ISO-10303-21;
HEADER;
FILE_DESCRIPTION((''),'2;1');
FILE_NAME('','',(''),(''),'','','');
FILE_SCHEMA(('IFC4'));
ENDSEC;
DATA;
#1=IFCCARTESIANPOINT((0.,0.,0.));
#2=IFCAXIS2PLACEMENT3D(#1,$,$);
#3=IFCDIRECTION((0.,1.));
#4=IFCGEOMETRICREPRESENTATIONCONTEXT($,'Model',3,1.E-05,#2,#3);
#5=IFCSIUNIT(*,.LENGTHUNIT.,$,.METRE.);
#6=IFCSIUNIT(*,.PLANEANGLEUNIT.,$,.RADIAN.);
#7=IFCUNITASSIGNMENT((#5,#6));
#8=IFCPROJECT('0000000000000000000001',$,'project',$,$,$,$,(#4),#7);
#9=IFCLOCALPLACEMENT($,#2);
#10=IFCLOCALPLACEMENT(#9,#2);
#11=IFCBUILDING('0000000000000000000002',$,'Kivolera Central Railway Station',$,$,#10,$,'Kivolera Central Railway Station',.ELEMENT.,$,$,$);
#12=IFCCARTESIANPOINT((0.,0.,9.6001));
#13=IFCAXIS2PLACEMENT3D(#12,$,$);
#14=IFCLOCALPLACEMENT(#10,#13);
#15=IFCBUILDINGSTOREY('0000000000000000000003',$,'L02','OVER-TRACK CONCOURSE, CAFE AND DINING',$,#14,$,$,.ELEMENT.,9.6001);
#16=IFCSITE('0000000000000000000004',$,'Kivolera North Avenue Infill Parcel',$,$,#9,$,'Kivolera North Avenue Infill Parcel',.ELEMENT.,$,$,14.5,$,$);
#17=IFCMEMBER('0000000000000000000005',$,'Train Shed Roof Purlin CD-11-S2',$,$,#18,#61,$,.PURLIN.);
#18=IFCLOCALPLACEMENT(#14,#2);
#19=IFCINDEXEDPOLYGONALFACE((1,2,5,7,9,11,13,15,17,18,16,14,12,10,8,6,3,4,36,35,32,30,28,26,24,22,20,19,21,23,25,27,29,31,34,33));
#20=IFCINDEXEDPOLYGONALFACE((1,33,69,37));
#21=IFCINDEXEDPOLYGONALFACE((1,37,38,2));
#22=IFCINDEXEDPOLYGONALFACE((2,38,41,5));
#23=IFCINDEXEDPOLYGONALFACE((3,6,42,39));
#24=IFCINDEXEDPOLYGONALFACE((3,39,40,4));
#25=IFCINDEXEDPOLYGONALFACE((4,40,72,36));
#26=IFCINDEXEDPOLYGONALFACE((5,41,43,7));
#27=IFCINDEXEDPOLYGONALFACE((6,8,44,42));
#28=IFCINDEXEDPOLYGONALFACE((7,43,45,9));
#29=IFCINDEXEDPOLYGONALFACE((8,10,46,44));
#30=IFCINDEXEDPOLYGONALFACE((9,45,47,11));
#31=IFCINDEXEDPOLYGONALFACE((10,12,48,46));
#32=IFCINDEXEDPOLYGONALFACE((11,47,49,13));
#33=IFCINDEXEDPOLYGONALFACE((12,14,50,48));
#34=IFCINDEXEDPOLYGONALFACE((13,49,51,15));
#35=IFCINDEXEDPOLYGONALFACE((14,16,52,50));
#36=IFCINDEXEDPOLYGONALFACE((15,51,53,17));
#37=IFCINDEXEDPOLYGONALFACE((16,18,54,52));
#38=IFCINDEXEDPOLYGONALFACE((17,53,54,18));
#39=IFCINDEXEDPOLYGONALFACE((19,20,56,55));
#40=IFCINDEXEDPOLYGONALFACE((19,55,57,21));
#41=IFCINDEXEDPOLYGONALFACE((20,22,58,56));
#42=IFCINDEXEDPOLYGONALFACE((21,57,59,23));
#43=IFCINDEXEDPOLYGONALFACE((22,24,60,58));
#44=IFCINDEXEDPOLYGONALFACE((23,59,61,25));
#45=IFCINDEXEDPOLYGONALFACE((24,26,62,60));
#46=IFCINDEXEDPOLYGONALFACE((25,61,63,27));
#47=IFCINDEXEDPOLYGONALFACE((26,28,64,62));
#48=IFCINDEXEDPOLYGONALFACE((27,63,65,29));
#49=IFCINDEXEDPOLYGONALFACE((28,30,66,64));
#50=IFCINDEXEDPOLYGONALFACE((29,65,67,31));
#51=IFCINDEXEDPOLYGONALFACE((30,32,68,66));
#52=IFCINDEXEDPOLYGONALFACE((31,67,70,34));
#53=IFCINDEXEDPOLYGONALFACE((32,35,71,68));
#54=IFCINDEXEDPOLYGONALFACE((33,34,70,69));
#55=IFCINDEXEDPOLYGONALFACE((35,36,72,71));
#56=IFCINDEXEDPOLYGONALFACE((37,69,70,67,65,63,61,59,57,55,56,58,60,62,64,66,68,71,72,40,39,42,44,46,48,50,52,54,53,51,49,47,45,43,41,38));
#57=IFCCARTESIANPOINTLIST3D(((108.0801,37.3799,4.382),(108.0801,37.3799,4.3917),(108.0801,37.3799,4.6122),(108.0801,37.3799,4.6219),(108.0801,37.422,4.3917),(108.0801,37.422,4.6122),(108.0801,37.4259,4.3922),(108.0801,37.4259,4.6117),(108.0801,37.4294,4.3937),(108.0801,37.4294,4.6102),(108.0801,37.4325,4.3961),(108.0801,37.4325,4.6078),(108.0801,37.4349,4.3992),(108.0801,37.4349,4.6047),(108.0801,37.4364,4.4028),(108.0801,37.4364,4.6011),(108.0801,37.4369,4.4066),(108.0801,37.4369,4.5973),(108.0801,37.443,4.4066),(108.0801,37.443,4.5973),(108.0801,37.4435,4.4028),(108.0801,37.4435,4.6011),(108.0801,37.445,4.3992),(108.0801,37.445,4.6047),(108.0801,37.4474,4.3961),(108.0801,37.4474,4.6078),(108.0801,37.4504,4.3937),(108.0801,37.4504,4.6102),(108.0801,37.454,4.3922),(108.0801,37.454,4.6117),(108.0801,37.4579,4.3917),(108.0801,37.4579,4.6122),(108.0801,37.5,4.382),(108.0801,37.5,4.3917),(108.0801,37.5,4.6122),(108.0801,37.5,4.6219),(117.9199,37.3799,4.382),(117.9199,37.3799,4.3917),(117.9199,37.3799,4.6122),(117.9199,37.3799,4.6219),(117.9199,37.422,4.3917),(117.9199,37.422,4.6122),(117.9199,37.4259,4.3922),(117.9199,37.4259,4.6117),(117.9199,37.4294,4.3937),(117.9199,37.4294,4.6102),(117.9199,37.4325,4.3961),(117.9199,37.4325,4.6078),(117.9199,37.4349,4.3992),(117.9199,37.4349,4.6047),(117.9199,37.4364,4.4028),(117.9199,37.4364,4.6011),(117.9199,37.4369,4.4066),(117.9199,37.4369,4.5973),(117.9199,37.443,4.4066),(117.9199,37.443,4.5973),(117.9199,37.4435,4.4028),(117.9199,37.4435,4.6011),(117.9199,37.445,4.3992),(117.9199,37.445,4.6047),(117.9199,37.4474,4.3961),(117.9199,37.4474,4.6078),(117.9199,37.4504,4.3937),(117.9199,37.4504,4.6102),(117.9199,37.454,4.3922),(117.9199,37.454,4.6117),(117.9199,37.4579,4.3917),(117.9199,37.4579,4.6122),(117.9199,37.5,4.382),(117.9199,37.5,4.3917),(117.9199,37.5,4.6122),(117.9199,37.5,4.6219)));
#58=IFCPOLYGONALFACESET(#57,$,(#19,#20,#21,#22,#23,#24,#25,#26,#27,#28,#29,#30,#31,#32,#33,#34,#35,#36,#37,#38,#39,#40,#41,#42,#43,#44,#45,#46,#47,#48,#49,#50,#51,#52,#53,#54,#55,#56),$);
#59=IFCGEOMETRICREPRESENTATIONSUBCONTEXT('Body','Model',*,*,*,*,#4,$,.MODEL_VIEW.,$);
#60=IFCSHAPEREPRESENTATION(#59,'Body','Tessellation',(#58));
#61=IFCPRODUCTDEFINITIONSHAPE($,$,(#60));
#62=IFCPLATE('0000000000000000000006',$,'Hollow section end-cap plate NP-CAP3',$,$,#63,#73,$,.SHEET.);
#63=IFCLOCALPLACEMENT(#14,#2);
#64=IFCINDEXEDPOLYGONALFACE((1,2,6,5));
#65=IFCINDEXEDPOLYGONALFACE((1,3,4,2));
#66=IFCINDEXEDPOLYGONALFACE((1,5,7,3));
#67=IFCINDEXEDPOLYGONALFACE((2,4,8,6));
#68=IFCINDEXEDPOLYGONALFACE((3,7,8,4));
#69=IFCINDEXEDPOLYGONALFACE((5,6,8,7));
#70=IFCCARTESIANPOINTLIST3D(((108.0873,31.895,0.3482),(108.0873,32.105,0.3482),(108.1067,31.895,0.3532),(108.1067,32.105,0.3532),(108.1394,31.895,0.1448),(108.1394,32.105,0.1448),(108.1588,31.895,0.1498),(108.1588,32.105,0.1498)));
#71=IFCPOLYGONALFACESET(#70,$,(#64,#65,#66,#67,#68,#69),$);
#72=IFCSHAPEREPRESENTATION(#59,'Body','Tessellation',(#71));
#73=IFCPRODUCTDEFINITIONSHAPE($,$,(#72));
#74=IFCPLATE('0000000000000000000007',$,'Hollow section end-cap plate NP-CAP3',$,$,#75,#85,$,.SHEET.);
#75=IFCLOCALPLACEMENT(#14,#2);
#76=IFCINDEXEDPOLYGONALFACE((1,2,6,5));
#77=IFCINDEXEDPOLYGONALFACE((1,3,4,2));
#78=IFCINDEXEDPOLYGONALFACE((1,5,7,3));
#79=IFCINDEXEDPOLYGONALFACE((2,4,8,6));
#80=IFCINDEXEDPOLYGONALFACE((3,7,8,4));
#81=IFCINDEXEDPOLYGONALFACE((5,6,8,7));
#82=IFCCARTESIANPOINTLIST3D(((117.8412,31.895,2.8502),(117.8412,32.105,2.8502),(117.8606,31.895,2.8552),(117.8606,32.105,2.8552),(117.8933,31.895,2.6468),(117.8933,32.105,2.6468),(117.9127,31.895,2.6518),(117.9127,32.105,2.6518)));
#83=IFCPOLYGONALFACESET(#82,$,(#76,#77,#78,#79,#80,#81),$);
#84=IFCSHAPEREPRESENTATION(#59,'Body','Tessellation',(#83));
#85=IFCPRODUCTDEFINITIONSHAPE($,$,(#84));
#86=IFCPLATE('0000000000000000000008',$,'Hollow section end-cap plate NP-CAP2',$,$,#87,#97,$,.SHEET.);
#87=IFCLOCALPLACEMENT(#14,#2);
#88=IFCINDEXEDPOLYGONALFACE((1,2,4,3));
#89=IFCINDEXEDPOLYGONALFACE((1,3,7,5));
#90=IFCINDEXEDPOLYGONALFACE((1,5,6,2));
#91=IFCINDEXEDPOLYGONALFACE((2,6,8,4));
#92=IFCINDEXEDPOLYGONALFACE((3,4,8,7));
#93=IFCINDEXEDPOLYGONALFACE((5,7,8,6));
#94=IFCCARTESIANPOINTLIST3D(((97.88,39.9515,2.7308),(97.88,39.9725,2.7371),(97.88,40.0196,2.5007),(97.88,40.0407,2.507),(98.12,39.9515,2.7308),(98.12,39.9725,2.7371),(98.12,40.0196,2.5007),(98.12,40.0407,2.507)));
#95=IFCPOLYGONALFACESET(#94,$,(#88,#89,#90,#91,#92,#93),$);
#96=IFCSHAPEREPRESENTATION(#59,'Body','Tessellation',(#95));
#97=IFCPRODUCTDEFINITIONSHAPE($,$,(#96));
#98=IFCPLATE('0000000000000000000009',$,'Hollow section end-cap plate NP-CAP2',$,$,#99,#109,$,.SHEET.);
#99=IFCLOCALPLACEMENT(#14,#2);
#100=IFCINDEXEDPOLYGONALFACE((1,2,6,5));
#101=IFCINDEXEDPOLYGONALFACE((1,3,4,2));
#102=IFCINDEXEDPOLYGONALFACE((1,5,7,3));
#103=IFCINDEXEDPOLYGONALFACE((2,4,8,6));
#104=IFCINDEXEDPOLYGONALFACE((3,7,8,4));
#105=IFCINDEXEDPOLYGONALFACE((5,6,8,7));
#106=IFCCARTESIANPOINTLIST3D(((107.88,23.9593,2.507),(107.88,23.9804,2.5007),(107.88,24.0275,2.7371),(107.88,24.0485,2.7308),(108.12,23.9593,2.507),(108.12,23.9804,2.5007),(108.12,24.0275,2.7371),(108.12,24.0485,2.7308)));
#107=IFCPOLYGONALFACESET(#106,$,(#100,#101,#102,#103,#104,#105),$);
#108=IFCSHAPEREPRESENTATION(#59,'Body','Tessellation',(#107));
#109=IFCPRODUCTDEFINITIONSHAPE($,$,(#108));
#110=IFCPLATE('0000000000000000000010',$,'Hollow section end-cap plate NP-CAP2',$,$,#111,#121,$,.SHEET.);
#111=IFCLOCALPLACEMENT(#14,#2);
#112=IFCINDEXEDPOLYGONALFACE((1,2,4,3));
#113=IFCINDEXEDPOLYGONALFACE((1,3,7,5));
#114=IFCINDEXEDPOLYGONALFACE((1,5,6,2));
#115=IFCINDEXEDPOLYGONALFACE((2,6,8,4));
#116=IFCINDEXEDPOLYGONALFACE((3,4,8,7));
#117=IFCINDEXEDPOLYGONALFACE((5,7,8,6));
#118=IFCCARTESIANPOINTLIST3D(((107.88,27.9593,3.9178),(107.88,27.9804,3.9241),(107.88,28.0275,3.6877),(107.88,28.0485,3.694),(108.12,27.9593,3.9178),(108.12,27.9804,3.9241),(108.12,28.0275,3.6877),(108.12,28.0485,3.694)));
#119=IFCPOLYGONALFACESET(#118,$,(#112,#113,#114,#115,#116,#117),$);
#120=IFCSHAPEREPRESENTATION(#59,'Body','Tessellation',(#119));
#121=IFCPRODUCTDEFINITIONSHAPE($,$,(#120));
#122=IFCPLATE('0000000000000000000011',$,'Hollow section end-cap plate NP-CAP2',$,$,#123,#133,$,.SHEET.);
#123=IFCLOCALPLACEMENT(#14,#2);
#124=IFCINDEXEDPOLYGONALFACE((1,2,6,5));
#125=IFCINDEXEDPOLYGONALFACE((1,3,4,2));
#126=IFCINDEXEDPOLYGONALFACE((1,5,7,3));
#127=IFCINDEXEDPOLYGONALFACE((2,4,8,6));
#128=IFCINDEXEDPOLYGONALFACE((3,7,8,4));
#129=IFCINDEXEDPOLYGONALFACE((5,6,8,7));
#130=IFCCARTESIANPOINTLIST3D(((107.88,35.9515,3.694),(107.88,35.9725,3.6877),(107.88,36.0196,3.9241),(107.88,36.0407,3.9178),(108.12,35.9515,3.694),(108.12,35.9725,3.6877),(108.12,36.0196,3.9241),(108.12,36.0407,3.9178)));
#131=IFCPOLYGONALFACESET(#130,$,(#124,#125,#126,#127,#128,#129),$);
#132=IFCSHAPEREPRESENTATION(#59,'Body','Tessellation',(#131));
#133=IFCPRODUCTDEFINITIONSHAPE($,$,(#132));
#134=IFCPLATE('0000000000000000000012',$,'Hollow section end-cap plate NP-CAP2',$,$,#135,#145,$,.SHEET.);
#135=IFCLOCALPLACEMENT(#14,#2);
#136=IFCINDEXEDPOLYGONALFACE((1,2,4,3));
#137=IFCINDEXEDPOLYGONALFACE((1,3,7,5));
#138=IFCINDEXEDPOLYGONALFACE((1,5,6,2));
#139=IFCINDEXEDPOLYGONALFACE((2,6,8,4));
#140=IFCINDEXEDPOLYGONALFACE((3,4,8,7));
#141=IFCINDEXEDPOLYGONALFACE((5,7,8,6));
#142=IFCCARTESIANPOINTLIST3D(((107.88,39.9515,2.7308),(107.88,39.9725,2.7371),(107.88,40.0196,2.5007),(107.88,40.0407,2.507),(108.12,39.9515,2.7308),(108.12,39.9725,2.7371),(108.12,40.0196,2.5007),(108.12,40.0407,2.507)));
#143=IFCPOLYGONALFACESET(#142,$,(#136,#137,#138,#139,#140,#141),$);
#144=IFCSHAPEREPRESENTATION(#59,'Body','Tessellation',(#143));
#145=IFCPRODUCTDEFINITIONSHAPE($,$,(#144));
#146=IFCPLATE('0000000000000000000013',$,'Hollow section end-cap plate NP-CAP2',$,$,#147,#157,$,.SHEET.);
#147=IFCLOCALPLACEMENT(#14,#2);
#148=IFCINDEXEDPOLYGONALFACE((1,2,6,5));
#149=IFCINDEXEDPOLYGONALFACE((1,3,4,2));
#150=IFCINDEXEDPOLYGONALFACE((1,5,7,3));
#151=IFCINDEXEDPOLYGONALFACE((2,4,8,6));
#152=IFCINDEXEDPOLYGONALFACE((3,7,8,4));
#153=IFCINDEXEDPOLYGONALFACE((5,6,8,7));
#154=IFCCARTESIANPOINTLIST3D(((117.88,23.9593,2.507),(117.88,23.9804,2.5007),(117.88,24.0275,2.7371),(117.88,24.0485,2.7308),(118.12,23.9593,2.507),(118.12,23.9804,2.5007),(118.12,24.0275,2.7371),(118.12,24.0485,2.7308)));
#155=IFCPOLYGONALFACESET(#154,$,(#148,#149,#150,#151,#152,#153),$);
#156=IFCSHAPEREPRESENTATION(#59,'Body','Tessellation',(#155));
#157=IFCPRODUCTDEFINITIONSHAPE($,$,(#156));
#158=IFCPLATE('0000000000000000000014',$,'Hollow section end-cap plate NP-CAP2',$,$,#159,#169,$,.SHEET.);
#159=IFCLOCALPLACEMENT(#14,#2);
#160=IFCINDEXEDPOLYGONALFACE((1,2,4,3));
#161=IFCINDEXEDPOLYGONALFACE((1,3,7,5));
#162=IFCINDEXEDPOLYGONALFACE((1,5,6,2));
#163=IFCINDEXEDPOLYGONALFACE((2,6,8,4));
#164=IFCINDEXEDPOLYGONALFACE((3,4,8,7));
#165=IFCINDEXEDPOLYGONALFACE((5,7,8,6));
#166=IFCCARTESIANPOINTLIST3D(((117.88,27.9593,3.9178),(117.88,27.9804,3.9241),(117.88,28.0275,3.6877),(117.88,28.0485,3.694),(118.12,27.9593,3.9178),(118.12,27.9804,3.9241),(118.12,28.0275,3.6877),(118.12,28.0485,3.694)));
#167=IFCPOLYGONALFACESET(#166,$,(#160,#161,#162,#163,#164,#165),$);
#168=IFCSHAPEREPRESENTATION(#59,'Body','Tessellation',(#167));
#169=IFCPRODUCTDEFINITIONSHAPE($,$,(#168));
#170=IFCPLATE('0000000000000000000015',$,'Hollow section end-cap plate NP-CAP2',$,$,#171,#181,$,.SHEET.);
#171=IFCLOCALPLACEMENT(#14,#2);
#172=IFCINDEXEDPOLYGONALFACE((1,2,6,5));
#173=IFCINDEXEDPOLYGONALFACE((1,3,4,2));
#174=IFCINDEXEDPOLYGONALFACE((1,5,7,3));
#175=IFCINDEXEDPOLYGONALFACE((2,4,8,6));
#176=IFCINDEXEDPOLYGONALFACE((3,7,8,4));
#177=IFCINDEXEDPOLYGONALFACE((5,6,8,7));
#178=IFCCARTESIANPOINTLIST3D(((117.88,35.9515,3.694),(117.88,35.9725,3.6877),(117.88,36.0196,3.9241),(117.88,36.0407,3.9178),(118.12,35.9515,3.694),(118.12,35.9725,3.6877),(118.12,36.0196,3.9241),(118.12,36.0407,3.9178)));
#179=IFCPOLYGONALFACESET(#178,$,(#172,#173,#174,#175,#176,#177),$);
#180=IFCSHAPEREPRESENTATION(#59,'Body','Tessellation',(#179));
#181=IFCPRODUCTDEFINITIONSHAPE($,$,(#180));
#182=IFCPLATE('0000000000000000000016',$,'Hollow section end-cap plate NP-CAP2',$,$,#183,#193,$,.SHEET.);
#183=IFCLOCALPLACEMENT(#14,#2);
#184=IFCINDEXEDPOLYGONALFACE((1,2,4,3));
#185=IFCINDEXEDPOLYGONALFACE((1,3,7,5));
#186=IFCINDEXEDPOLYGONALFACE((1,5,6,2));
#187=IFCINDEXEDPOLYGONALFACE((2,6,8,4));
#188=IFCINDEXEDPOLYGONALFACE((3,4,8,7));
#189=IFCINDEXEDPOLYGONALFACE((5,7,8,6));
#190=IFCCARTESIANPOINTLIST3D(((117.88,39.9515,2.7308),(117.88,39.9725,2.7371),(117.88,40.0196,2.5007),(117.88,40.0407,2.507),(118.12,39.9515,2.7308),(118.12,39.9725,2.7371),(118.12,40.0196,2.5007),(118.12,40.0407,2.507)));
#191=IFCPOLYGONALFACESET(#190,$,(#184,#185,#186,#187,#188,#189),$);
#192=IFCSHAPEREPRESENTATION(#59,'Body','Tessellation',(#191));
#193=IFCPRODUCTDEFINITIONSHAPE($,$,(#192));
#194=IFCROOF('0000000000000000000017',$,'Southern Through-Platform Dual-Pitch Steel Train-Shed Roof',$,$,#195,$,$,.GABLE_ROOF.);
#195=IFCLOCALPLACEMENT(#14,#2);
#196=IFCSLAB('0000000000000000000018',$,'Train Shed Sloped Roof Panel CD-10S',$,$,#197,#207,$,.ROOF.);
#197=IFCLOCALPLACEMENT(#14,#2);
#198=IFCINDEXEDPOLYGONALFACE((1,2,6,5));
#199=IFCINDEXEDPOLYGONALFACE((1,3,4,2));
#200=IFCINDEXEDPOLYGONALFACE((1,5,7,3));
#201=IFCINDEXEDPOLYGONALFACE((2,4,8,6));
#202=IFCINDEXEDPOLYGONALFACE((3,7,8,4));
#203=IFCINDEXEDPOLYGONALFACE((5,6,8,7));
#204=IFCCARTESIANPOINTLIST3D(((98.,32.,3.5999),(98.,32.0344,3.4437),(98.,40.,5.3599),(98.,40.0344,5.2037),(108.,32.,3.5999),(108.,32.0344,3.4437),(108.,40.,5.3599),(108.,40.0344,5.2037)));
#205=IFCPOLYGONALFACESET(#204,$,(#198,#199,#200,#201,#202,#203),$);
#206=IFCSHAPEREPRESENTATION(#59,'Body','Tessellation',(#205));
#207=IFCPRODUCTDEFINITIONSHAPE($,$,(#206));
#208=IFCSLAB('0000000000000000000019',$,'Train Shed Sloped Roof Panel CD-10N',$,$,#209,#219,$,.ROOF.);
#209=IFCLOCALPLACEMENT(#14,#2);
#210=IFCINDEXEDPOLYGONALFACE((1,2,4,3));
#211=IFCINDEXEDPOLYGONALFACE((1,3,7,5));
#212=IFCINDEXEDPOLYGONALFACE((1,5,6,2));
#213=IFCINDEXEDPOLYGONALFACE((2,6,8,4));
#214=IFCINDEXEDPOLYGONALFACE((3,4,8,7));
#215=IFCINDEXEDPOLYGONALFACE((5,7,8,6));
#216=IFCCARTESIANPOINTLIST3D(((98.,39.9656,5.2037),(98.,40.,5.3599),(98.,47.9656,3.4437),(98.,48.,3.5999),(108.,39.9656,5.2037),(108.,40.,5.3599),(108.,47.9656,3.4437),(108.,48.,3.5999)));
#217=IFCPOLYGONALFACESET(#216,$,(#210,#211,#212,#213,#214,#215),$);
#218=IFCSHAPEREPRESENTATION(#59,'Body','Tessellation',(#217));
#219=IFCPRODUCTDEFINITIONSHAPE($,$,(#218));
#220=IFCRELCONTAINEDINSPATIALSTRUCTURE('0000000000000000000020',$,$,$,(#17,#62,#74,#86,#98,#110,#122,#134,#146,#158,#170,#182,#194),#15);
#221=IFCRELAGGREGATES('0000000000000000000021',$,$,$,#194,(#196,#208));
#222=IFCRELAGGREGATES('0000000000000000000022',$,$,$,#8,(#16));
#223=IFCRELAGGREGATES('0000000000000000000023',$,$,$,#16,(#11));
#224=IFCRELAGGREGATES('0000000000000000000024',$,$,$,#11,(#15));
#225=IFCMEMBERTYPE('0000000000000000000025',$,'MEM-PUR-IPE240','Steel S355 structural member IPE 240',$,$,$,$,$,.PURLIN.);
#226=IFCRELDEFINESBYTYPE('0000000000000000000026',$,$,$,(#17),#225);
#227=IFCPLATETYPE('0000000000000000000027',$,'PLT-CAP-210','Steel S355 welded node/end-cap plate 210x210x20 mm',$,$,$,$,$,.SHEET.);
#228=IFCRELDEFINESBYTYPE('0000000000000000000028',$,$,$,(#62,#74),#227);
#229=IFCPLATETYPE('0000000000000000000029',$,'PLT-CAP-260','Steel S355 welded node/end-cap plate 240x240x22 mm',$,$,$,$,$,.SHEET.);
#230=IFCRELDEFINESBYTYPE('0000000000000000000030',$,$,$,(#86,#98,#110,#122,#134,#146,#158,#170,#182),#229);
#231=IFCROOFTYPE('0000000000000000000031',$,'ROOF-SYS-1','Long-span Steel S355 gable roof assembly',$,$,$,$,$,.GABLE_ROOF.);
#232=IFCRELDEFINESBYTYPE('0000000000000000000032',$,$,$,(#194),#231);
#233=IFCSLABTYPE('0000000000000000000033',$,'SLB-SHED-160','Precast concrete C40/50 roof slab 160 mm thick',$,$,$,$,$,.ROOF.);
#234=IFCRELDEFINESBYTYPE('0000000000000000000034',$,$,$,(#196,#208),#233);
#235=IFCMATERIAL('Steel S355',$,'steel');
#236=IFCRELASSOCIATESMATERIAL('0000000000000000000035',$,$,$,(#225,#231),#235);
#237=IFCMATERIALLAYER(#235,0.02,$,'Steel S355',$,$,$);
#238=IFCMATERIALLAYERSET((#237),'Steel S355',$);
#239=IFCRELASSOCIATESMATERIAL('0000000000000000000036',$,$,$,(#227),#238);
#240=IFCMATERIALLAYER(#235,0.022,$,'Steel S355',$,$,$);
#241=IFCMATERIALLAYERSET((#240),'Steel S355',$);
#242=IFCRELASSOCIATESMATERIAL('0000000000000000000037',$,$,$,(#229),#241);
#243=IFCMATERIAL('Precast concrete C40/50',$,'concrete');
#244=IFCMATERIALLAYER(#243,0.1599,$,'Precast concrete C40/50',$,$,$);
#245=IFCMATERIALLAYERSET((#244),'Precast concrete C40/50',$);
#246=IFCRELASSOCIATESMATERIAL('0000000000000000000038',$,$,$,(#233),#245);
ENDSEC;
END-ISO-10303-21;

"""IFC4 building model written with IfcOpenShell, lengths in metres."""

from ifc_helpers import new_model, si_unit, direction, frame, origin, origin_2d, place, context, subcontext, project, spatial, polyline, rectangle, i_section, outline, extrude, material, layer, layer_set, material_profile, profile_set, type_object, element, aggregate, save


model = new_model("IFC4")

# Units and contexts
model_context = context("Model", 3, precision=1e-05, world=origin(), true_north=direction((0.0, 1.0)))
body_context = subcontext(model_context, "Body", "Model", "MODEL_VIEW")
ifc_project = project(units=[si_unit("LENGTHUNIT", "METRE"), si_unit("PLANEANGLEUNIT", "RADIAN")], contexts=[model_context])

# Site, building, storey
site_placement = place(None, origin())
site = spatial("IfcSite", under=ifc_project, at=site_placement, Name="Kivolera North Avenue Infill Parcel", LongName="Kivolera North Avenue Infill Parcel", CompositionType="ELEMENT", RefElevation=14.5)
building_placement = place(site_placement, origin())
building = spatial("IfcBuilding", under=site, at=building_placement, Name="Kivolera Central Railway Station", LongName="Kivolera Central Railway Station", CompositionType="ELEMENT")
storey_placement = place(building_placement, frame((0.0, 0.0, 9.6001)))
storey = spatial("IfcBuildingStorey", under=building, at=storey_placement, Name="L02", Description="OVER-TRACK CONCOURSE, CAFE AND DINING", CompositionType="ELEMENT", Elevation=9.6001)

# Shared definitions
ifc_material_1 = material(Name="Steel S355", Category="steel")

# Member
ifc_material_profile_1 = material_profile(ifc_material_1, i_section(OverallWidth=0.1201, OverallDepth=0.24, WebThickness=0.0061, FlangeThickness=0.0098, FilletRadius=0.0149, at=origin_2d()), Name="IPE 240")
ifc_profile_set_1 = profile_set([ifc_material_profile_1], Name="Steel S355")
member_type_1 = type_object("IfcMemberType", Name="MEM-PUR-IPE240", Description="Steel S355 structural member IPE 240", PredefinedType="PURLIN", material=ifc_profile_set_1)
for number, where, z_axis, x_axis, name in (
    (1, (108.0801, 37.4399, 4.502), (1.0, 0.0, 0.0), (0.0, 1.0, 0.0), "Train Shed Roof Purlin CD-11-S2"),
):
    element("IfcMember", number, at=place(storey_placement, frame(where, z_axis=z_axis, x_axis=x_axis)), inside=storey, type_object=member_type_1, Name=name, PredefinedType="PURLIN", context=body_context, shape_type="SweptSolid", body=[
        extrude(i_section(OverallWidth=0.1201, OverallDepth=0.24, WebThickness=0.0061, FlangeThickness=0.0098, FilletRadius=0.0149, at=origin_2d()), origin(), (0.0, 0.0, 1.0), 9.8398),
    ])

# Plates
ifc_layer_1 = layer(ifc_material_1, 0.02, Name="Steel S355")
ifc_layer_set_1 = layer_set([ifc_layer_1], Name="Steel S355")
plate_type_1 = type_object("IfcPlateType", Name="PLT-CAP-210", Description="Steel S355 welded node/end-cap plate 210x210x20 mm", PredefinedType="SHEET", material=ifc_layer_set_1)
for number, where, z_axis, x_axis, name in (
    (2, (108.123, 32.0, 0.249), (0.968639, 0.0, 0.248471), (0.0, 1.0, 0.0), "Hollow section end-cap plate NP-CAP3"),
    (3, (117.877, 32.0, 2.751), (0.968639, 0.0, 0.248471), (0.0, 1.0, 0.0), "Hollow section end-cap plate NP-CAP3"),
):
    element("IfcPlate", number, at=place(storey_placement, frame(where, z_axis=z_axis, x_axis=x_axis)), inside=storey, type_object=plate_type_1, Name=name, PredefinedType="SHEET", context=body_context, shape_type="SweptSolid", body=[
        extrude(rectangle(XDim=0.21, YDim=0.21, at=origin_2d()), frame((0.0, 0.0, -0.01)), (0.0, 0.0, 1.0), 0.02),
    ])
ifc_layer_2 = layer(ifc_material_1, 0.022, Name="Steel S355")
ifc_layer_set_2 = layer_set([ifc_layer_2], Name="Steel S355")
plate_type_2 = type_object("IfcPlateType", Name="PLT-CAP-260", Description="Steel S355 welded node/end-cap plate 240x240x22 mm", PredefinedType="SHEET", material=ifc_layer_set_2)
for number, where, z_axis, x_axis, name in (
    (4, (98.0, 39.9961, 2.6189), (0.0, 0.95881, 0.284048), (-1.0, 0.0, 0.0), "Hollow section end-cap plate NP-CAP2"),
    (5, (108.0, 24.0039, 2.6189), (0.0, -0.95881, 0.284048), (1.0, 0.0, 0.0), "Hollow section end-cap plate NP-CAP2"),
    (6, (108.0, 28.0039, 3.8059), (0.0, 0.95881, 0.284048), (-1.0, 0.0, 0.0), "Hollow section end-cap plate NP-CAP2"),
    (7, (108.0, 35.9961, 3.8059), (0.0, -0.95881, 0.284048), (1.0, 0.0, 0.0), "Hollow section end-cap plate NP-CAP2"),
    (8, (108.0, 39.9961, 2.6189), (0.0, 0.95881, 0.284048), (-1.0, 0.0, 0.0), "Hollow section end-cap plate NP-CAP2"),
    (9, (118.0, 24.0039, 2.6189), (0.0, -0.95881, 0.284048), (1.0, 0.0, 0.0), "Hollow section end-cap plate NP-CAP2"),
    (10, (118.0, 28.0039, 3.8059), (0.0, 0.95881, 0.284048), (-1.0, 0.0, 0.0), "Hollow section end-cap plate NP-CAP2"),
    (11, (118.0, 35.9961, 3.8059), (0.0, -0.95881, 0.284048), (1.0, 0.0, 0.0), "Hollow section end-cap plate NP-CAP2"),
    (12, (118.0, 39.9961, 2.6189), (0.0, 0.95881, 0.284048), (-1.0, 0.0, 0.0), "Hollow section end-cap plate NP-CAP2"),
):
    element("IfcPlate", number, at=place(storey_placement, frame(where, z_axis=z_axis, x_axis=x_axis)), inside=storey, type_object=plate_type_2, Name=name, PredefinedType="SHEET", context=body_context, shape_type="SweptSolid", body=[
        extrude(rectangle(XDim=0.24, YDim=0.24, at=origin_2d()), frame((0.0, 0.0, -0.011)), (0.0, 0.0, 1.0), 0.022),
    ])

# Roof, slabs
roof_type = type_object("IfcRoofType", Name="ROOF-SYS-1", Description="Long-span Steel S355 gable roof assembly", PredefinedType="GABLE_ROOF", material=ifc_material_1)
roof_placement = place(storey_placement, origin())
roof = element("IfcRoof", 13, at=roof_placement, inside=storey, type_object=roof_type, Name="Southern Through-Platform Dual-Pitch Steel Train-Shed Roof", PredefinedType="GABLE_ROOF")
ifc_material_2 = material(Name="Precast concrete C40/50", Category="concrete")
ifc_layer_3 = layer(ifc_material_2, 0.1599, Name="Precast concrete C40/50")
ifc_layer_set_3 = layer_set([ifc_layer_3], Name="Precast concrete C40/50")
slab_type = type_object("IfcSlabType", Name="SLB-SHED-160", Description="Precast concrete C40/50 roof slab 160 mm thick", PredefinedType="ROOF", material=ifc_layer_set_3)
slab_1_placement = place(storey_placement, frame((98.0, 32.0, 3.5999), z_axis=(0.0, -0.214863, 0.976644), x_axis=(1.0, 0.0, 0.0)))
slab_1 = element("IfcSlab", 14, at=slab_1_placement, type_object=slab_type, Name="Train Shed Sloped Roof Panel CD-10S", PredefinedType="ROOF", context=body_context, shape_type="SweptSolid", body=[
    extrude(outline(polyline([(0.0, 0.0), (10.0, 0.0), (10.0, 8.1913), (0.0, 8.1913), (0.0, 0.0)])), origin(), (0.0, 0.0, -1.0), 0.1599),
])
slab_2_placement = place(storey_placement, frame((98.0, 40.0, 5.3599), z_axis=(0.0, 0.214863, 0.976644), x_axis=(1.0, 0.0, 0.0)))
slab_2 = element("IfcSlab", 15, at=slab_2_placement, type_object=slab_type, Name="Train Shed Sloped Roof Panel CD-10N", PredefinedType="ROOF", context=body_context, shape_type="SweptSolid", body=[
    extrude(outline(polyline([(0.0, 0.0), (10.0, 0.0), (10.0, 8.1913), (0.0, 8.1913), (0.0, 0.0)])), origin(), (0.0, 0.0, -1.0), 0.1599),
])
aggregate(roof, [slab_1, slab_2])

save(model, "model.ifc")
